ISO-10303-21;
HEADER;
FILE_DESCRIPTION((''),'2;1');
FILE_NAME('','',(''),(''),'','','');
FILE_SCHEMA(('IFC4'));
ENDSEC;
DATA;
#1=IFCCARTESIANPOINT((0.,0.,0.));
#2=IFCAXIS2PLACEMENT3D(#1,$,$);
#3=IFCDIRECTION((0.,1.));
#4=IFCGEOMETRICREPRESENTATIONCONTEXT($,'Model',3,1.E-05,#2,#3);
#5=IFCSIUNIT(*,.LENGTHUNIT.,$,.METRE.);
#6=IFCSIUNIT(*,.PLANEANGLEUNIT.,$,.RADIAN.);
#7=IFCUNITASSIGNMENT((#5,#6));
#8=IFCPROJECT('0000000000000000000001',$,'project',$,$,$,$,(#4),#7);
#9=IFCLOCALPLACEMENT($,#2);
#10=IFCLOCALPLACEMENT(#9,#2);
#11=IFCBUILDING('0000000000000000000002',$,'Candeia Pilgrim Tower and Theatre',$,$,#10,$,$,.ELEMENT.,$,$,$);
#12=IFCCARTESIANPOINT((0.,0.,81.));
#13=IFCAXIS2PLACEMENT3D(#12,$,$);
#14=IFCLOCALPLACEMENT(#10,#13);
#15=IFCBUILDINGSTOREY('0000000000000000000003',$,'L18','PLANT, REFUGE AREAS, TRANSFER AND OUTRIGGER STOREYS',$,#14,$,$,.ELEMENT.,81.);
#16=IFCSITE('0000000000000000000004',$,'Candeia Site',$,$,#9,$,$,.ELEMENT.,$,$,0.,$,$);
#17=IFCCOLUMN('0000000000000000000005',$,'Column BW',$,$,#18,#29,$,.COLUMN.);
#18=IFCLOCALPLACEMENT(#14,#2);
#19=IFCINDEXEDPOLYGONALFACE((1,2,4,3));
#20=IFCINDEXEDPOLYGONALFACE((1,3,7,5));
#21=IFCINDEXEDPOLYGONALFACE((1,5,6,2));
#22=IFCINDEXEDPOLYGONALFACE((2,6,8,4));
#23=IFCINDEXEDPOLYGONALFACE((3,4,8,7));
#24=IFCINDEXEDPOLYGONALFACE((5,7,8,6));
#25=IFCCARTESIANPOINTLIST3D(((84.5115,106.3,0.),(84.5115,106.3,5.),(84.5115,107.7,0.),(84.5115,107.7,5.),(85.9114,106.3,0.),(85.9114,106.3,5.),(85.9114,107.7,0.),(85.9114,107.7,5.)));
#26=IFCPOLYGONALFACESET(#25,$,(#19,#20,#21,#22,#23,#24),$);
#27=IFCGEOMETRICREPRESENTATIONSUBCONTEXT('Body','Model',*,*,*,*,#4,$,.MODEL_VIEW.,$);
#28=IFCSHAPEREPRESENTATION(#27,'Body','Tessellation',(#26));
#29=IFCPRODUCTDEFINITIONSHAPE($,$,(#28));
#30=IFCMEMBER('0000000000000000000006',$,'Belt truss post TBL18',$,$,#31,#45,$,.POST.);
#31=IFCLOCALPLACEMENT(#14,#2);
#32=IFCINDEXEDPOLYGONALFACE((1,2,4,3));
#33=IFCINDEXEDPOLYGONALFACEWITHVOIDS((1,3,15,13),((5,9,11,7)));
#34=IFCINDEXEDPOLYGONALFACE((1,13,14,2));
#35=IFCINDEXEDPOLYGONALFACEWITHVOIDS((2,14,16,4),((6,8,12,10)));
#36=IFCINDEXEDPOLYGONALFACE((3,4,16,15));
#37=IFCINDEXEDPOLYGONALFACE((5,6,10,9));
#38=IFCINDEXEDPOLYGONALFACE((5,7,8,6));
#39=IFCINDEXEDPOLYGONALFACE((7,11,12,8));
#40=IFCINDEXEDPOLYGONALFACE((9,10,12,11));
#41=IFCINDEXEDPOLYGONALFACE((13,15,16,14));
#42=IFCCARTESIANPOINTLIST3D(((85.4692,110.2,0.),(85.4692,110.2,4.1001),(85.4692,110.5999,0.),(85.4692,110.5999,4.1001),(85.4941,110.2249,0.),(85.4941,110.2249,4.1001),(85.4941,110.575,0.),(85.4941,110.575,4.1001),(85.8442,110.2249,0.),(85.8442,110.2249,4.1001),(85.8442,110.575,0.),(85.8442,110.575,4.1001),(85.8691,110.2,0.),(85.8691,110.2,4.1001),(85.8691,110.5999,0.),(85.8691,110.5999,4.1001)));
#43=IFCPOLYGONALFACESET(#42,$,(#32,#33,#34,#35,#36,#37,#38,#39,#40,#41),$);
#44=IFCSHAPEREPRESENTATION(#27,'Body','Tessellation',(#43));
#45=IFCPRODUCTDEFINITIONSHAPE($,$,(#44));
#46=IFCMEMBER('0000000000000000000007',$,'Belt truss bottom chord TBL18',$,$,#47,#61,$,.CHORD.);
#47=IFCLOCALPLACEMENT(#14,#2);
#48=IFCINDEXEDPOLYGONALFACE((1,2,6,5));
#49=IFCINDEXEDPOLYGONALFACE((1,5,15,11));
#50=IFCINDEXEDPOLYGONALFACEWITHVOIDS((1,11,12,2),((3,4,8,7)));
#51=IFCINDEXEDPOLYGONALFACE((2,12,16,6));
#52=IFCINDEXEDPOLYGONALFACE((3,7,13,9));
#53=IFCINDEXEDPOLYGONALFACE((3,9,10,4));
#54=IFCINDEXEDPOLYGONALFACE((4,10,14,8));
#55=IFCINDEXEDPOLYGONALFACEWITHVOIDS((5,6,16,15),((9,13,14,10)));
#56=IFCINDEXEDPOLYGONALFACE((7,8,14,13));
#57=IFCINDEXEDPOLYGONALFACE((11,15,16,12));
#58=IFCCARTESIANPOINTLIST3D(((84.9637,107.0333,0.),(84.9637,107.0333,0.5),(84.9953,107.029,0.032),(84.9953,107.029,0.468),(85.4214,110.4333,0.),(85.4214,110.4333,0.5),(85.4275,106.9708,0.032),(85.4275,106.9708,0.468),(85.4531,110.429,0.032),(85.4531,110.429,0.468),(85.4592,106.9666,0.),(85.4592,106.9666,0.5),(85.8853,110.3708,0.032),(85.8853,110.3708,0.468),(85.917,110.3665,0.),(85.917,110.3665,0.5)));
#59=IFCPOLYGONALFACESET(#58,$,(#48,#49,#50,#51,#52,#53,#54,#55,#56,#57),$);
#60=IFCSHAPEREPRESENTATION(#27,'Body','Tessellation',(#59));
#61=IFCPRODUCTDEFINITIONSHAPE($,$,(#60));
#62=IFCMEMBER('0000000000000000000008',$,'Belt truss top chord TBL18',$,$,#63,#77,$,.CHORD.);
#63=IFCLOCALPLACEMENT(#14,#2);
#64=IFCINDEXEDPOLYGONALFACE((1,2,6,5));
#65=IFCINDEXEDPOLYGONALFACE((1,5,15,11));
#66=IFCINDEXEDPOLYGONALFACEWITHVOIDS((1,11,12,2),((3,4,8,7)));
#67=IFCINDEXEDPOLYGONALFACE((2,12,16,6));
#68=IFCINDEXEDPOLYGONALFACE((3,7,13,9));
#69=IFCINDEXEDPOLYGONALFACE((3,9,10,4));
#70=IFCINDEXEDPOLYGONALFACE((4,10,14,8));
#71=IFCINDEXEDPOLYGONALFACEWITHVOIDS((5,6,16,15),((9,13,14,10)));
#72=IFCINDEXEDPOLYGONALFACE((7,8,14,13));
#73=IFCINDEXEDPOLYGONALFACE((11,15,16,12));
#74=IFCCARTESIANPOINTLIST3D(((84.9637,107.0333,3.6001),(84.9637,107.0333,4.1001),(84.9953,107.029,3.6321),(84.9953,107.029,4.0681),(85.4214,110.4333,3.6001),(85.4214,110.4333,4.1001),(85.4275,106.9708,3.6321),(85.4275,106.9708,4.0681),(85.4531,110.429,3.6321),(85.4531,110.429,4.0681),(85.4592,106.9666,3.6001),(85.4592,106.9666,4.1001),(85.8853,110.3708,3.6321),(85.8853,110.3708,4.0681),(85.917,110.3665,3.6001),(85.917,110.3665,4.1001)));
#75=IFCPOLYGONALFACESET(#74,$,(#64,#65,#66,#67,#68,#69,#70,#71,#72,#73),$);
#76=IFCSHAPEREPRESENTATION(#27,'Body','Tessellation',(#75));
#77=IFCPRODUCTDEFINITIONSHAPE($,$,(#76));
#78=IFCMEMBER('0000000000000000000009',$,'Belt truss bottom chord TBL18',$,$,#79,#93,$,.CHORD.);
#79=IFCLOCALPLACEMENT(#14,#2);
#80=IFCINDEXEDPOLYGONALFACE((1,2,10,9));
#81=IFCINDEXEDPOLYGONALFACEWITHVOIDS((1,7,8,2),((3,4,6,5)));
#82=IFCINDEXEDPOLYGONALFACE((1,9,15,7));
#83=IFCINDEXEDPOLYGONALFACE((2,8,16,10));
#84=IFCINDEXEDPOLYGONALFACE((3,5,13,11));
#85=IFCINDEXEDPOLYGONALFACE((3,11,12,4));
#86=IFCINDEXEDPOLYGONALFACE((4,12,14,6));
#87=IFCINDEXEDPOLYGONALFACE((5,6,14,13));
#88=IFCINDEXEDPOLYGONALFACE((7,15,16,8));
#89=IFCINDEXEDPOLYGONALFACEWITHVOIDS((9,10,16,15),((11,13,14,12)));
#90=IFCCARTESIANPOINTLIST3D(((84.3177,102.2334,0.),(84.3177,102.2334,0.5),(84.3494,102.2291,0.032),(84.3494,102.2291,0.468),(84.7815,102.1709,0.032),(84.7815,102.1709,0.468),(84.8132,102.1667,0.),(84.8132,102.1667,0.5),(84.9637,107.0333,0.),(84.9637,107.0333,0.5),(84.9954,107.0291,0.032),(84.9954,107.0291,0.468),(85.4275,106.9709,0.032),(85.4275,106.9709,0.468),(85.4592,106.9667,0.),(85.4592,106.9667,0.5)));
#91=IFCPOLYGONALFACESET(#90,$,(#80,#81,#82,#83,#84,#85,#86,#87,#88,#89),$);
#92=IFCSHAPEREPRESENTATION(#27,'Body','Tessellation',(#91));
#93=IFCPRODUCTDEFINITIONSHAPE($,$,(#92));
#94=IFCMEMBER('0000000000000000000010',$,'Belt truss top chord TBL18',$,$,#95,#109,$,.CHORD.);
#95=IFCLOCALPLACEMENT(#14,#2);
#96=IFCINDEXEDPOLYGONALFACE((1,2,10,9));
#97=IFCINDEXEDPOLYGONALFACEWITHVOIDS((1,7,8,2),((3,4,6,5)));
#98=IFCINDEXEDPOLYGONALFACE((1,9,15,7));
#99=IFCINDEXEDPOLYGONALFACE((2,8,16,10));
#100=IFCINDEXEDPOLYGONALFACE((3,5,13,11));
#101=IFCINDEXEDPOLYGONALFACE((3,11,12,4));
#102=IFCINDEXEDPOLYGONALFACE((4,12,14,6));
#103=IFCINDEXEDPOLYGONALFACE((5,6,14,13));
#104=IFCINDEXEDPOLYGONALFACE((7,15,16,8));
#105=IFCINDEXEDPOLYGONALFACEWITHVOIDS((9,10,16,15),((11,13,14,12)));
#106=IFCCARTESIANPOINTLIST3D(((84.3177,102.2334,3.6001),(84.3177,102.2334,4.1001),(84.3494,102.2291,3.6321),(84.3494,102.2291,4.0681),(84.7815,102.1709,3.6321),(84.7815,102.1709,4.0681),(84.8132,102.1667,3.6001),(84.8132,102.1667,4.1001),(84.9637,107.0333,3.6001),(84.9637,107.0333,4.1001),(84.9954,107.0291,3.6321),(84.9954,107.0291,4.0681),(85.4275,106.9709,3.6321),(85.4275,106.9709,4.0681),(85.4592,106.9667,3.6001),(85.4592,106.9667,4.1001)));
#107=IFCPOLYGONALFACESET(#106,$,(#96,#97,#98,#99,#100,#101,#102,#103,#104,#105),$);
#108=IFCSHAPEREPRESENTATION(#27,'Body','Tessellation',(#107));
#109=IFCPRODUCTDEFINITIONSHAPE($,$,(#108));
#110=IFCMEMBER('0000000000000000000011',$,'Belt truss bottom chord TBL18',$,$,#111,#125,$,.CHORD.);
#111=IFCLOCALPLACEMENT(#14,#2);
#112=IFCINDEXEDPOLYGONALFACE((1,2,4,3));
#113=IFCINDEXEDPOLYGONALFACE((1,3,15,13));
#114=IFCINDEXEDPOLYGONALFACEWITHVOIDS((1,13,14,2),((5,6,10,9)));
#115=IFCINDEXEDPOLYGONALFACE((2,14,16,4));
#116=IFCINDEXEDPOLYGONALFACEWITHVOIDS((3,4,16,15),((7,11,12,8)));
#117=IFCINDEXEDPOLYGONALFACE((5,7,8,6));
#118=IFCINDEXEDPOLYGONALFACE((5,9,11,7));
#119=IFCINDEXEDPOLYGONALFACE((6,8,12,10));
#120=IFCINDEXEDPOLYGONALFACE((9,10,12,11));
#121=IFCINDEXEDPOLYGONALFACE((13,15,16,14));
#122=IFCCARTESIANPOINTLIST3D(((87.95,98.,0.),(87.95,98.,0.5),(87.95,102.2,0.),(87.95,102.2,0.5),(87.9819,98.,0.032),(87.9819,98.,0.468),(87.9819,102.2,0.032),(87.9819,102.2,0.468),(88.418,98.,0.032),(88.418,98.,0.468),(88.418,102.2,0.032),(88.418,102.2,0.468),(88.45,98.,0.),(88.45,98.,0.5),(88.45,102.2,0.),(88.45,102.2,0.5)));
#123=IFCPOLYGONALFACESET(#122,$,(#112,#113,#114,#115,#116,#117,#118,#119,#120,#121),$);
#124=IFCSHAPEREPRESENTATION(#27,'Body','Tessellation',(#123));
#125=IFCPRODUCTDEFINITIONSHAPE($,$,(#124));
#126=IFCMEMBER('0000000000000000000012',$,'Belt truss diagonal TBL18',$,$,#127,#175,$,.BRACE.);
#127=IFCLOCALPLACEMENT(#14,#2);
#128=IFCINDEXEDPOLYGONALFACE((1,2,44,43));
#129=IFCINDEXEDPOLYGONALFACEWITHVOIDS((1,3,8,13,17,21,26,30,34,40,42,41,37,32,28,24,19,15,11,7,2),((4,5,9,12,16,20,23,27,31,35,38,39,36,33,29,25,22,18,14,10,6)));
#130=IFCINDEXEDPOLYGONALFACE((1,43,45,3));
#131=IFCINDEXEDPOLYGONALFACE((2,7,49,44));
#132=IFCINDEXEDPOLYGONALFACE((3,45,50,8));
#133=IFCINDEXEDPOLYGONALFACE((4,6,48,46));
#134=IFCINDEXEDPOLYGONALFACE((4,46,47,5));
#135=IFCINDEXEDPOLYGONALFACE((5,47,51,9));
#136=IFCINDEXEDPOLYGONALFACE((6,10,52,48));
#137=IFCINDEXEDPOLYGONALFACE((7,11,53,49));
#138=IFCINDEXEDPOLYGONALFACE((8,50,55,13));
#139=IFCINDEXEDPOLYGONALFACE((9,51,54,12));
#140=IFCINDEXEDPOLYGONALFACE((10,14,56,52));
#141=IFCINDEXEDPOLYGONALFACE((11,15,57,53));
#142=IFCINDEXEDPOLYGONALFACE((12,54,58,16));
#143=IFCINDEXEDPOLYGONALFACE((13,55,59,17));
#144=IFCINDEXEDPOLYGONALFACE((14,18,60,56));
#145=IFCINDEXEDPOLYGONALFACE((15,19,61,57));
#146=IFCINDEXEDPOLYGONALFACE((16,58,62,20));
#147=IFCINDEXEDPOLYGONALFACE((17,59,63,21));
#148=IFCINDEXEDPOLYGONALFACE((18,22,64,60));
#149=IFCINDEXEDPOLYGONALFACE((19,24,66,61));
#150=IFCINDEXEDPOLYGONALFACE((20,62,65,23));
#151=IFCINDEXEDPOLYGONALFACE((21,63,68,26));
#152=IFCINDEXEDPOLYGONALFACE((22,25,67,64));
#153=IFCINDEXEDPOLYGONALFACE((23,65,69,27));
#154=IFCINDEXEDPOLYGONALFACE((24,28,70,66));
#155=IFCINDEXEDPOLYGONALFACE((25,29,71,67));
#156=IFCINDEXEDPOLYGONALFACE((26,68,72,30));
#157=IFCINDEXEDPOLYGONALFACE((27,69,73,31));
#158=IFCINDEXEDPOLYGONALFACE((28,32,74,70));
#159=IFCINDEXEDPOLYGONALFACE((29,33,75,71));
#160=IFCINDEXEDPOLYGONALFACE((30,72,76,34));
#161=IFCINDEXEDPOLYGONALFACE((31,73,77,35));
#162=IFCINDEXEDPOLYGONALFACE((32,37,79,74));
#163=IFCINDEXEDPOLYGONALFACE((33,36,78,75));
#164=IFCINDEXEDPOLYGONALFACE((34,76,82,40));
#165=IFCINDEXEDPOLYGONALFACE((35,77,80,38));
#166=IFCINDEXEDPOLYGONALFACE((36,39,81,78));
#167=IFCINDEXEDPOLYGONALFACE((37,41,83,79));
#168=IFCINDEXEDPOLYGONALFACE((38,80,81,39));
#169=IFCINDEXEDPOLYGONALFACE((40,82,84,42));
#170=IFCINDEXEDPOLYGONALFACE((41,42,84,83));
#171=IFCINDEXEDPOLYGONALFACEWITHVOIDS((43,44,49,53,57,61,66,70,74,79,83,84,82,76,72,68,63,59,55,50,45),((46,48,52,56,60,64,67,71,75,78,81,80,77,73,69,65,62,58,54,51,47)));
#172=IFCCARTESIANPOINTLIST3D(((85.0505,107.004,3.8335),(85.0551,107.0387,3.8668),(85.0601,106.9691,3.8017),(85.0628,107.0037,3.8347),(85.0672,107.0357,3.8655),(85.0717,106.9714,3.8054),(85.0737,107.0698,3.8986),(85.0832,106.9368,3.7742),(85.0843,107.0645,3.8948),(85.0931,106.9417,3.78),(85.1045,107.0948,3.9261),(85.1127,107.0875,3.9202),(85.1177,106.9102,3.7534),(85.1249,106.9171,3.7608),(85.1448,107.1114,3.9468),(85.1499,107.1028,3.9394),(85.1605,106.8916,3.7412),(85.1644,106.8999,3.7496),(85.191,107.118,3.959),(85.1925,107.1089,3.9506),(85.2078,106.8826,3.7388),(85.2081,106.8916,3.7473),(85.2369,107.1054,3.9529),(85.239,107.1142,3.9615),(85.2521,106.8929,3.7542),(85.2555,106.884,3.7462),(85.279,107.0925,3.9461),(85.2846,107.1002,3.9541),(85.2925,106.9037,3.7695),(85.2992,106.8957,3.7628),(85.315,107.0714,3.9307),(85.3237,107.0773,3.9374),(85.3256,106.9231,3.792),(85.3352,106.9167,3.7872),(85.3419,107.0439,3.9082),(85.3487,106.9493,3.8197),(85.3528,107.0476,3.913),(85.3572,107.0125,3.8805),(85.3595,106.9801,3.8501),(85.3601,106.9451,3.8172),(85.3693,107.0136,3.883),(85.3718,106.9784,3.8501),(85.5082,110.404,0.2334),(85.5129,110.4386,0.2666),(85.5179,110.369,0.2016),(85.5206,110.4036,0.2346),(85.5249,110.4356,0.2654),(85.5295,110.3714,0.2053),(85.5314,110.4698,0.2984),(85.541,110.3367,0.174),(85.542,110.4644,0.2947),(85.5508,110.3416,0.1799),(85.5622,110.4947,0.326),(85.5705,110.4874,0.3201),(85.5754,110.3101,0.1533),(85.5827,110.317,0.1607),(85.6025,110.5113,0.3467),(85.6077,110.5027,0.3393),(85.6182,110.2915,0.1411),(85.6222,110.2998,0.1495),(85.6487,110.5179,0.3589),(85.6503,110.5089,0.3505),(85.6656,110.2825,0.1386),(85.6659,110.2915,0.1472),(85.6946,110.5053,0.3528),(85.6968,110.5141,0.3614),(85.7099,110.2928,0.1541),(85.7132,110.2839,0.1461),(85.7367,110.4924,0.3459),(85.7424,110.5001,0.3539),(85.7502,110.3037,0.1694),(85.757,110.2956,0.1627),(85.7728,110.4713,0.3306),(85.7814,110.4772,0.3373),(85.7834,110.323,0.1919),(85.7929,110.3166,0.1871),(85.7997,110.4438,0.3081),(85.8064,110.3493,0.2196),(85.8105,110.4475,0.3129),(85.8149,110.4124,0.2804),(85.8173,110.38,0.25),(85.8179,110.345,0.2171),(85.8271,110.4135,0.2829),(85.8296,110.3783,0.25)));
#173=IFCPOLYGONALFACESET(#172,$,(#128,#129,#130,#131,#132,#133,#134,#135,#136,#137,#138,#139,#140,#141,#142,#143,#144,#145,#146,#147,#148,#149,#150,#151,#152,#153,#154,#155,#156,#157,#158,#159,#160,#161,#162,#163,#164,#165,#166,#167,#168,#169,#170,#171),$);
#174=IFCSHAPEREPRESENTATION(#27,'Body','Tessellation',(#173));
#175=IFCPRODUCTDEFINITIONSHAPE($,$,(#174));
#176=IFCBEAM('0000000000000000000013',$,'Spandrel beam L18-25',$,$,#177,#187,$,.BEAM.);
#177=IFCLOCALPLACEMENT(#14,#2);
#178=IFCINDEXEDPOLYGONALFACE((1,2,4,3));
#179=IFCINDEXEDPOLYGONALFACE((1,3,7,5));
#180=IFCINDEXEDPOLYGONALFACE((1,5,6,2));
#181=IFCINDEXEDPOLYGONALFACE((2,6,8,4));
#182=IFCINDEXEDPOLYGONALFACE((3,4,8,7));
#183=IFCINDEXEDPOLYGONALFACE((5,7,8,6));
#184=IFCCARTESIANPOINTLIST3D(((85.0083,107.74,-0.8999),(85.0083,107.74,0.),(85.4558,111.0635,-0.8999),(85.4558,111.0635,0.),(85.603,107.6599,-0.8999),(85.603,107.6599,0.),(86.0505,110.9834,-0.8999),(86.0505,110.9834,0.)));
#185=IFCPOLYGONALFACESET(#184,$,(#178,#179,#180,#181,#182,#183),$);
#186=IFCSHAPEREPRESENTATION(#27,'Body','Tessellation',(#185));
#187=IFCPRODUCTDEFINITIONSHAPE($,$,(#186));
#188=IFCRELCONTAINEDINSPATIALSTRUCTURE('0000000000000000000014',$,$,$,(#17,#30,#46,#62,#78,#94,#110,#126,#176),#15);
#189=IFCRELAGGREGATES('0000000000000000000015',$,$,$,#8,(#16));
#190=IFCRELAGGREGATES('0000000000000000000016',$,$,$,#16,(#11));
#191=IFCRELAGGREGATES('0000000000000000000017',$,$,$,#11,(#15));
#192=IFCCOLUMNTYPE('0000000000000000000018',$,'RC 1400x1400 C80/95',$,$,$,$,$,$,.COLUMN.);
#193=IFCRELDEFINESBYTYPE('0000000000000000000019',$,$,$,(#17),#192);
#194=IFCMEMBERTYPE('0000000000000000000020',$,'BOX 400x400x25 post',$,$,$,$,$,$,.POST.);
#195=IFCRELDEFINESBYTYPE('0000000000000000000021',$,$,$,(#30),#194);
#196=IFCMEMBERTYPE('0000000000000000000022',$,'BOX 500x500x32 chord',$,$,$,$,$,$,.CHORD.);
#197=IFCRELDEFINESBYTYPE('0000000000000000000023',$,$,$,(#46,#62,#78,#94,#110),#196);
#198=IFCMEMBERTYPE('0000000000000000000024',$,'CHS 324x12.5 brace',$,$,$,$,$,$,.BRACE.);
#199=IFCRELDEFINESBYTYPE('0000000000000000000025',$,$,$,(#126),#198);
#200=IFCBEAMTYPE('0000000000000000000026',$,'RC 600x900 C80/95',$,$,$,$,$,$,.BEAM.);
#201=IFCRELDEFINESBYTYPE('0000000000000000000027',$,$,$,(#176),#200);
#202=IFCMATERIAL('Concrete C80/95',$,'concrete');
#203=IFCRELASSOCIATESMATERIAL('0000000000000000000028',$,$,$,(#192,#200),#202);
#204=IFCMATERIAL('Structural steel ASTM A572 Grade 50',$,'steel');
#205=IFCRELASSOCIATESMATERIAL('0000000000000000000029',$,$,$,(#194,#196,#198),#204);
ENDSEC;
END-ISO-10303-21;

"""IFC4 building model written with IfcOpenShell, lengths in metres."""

from ifc_helpers import new_model, si_unit, direction, frame, origin, origin_2d, place, context, subcontext, project, spatial, rectangle, hollow_rectangle, hollow_circle, extrude, material, material_profile, profile_set, type_object, element, save


model = new_model("IFC4")

# Units and contexts
model_context = context("Model", 3, precision=1e-05, world=origin(), true_north=direction((0.0, 1.0)))
body_context = subcontext(model_context, "Body", "Model", "MODEL_VIEW")
ifc_project = project(units=[si_unit("LENGTHUNIT", "METRE"), si_unit("PLANEANGLEUNIT", "RADIAN")], contexts=[model_context])

# Site, building, storey
site_placement = place(None, origin())
site = spatial("IfcSite", under=ifc_project, at=site_placement, Name="Candeia Site", CompositionType="ELEMENT", RefElevation=0.0)
building_placement = place(site_placement, origin())
building = spatial("IfcBuilding", under=site, at=building_placement, Name="Candeia Pilgrim Tower and Theatre", CompositionType="ELEMENT")
storey_placement = place(building_placement, frame((0.0, 0.0, 81.0)))
storey = spatial("IfcBuildingStorey", under=building, at=storey_placement, Name="L18", Description="PLANT, REFUGE AREAS, TRANSFER AND OUTRIGGER STOREYS", CompositionType="ELEMENT", Elevation=81.0)

# Column
ifc_material_1 = material(Name="Concrete C80/95", Category="concrete")
ifc_material_profile_1 = material_profile(ifc_material_1, rectangle(XDim=1.3999, YDim=1.3999, at=origin_2d()))
ifc_profile_set_1 = profile_set([ifc_material_profile_1], Name="Concrete C80/95")
column_type = type_object("IfcColumnType", Name="RC 1400x1400 C80/95", PredefinedType="COLUMN", material=ifc_profile_set_1)
column_placement = place(storey_placement, frame((85.2114, 107.0, 0.0), z_axis=(0.0, 0.0, 1.0), x_axis=(1.0, 0.0, 0.0)))
element("IfcColumn", 1, at=column_placement, inside=storey, type_object=column_type, Name="Column BW", PredefinedType="COLUMN", context=body_context, shape_type="SweptSolid", body=[
    extrude(rectangle(XDim=1.3999, YDim=1.3999, at=origin_2d()), origin(), (0.0, 0.0, 1.0), 5.0),
])

# Members
ifc_material_2 = material(Name="Structural steel ASTM A572 Grade 50", Category="steel")
ifc_material_profile_2 = material_profile(ifc_material_2, hollow_rectangle(XDim=0.3999, YDim=0.3999, WallThickness=0.0249, at=origin_2d()))
ifc_profile_set_2 = profile_set([ifc_material_profile_2], Name="Structural steel ASTM A572 Grade 50")
member_type_1 = type_object("IfcMemberType", Name="BOX 400x400x25 post", PredefinedType="POST", material=ifc_profile_set_2)
member_1_placement = place(storey_placement, frame((85.6692, 110.3999, 0.0), z_axis=(0.0, 0.0, 1.0), x_axis=(1.0, 0.0, 0.0)))
element("IfcMember", 2, at=member_1_placement, inside=storey, type_object=member_type_1, Name="Belt truss post TBL18", PredefinedType="POST", context=body_context, shape_type="SweptSolid", body=[
    extrude(hollow_rectangle(XDim=0.3999, YDim=0.3999, WallThickness=0.0249, at=origin_2d()), origin(), (0.0, 0.0, 1.0), 4.1001),
])
ifc_material_profile_3 = material_profile(ifc_material_2, hollow_rectangle(XDim=0.5, YDim=0.5, WallThickness=0.032, at=origin_2d()))
ifc_profile_set_3 = profile_set([ifc_material_profile_3], Name="Structural steel ASTM A572 Grade 50")
member_type_2 = type_object("IfcMemberType", Name="BOX 500x500x32 chord", PredefinedType="CHORD", material=ifc_profile_set_3)
for number, where, z_axis, x_axis, name in (
    (3, (85.6692, 110.3999, 0.25), (-0.133436, -0.991057, 0.0), (0.991057, -0.133436, 0.0), "Belt truss bottom chord TBL18"),
    (4, (85.6692, 110.3999, 3.8501), (-0.133436, -0.991057, 0.0), (0.991057, -0.133436, 0.0), "Belt truss top chord TBL18"),
):
    element("IfcMember", number, at=place(storey_placement, frame(where, z_axis=z_axis, x_axis=x_axis)), inside=storey, type_object=member_type_2, Name=name, PredefinedType="CHORD", context=body_context, shape_type="SweptSolid", body=[
        extrude(hollow_rectangle(XDim=0.5, YDim=0.5, WallThickness=0.032, at=origin_2d()), origin(), (0.0, 0.0, 1.0), 3.4307),
    ])
for number, where, z_axis, x_axis, name in (
    (5, (85.2114, 107.0, 0.25), (-0.133379, -0.991065, 0.0), (0.991065, -0.133379, 0.0), "Belt truss bottom chord TBL18"),
    (6, (85.2114, 107.0, 3.8501), (-0.133379, -0.991065, 0.0), (0.991065, -0.133379, 0.0), "Belt truss top chord TBL18"),
):
    element("IfcMember", number, at=place(storey_placement, frame(where, z_axis=z_axis, x_axis=x_axis)), inside=storey, type_object=member_type_2, Name=name, PredefinedType="CHORD", context=body_context, shape_type="SweptSolid", body=[
        extrude(hollow_rectangle(XDim=0.5, YDim=0.5, WallThickness=0.032, at=origin_2d()), origin(), (0.0, 0.0, 1.0), 4.8433),
    ])
member_2_placement = place(storey_placement, frame((88.2, 102.2, 0.25), z_axis=(0.0, -1.0, 0.0), x_axis=(1.0, 0.0, 0.0)))
element("IfcMember", 7, at=member_2_placement, inside=storey, type_object=member_type_2, Name="Belt truss bottom chord TBL18", PredefinedType="CHORD", context=body_context, shape_type="SweptSolid", body=[
    extrude(hollow_rectangle(XDim=0.5, YDim=0.5, WallThickness=0.032, at=origin_2d()), origin(), (0.0, 0.0, 1.0), 4.2),
])
ifc_material_profile_4 = material_profile(ifc_material_2, hollow_circle(Radius=0.1619, WallThickness=0.0125, at=origin_2d()))
ifc_profile_set_4 = profile_set([ifc_material_profile_4], Name="Structural steel ASTM A572 Grade 50")
member_type_3 = type_object("IfcMemberType", Name="CHS 324x12.5 brace", PredefinedType="BRACE", material=ifc_profile_set_4)
member_3_placement = place(storey_placement, frame((85.6692, 110.3999, 0.25), z_axis=(-0.092052, -0.683688, 0.723945), x_axis=(0.991057, -0.133436, 0.0)))
element("IfcMember", 8, at=member_3_placement, inside=storey, type_object=member_type_3, Name="Belt truss diagonal TBL18", PredefinedType="BRACE", context=body_context, shape_type="SweptSolid", body=[
    extrude(hollow_circle(Radius=0.1619, WallThickness=0.0125, at=origin_2d()), origin(), (0.0, 0.0, 1.0), 4.9729),
])

# Beam
ifc_material_profile_5 = material_profile(ifc_material_1, rectangle(XDim=0.6001, YDim=0.8999, at=origin_2d()))
ifc_profile_set_5 = profile_set([ifc_material_profile_5], Name="Concrete C80/95")
beam_type = type_object("IfcBeamType", Name="RC 600x900 C80/95", PredefinedType="BEAM", material=ifc_profile_set_5)
beam_1_placement = place(storey_placement, frame((85.7532, 111.0234, -0.45), z_axis=(-0.133446, -0.991056, 0.0), x_axis=(0.991056, -0.133446, 0.0)))
element("IfcBeam", 9, at=beam_1_placement, inside=storey, type_object=beam_type, Name="Spandrel beam L18-25", PredefinedType="BEAM", context=body_context, shape_type="SweptSolid", body=[
    extrude(rectangle(XDim=0.6001, YDim=0.8999, at=origin_2d()), origin(), (0.0, 0.0, 1.0), 3.3535),
])

save(model, "model.ifc")
